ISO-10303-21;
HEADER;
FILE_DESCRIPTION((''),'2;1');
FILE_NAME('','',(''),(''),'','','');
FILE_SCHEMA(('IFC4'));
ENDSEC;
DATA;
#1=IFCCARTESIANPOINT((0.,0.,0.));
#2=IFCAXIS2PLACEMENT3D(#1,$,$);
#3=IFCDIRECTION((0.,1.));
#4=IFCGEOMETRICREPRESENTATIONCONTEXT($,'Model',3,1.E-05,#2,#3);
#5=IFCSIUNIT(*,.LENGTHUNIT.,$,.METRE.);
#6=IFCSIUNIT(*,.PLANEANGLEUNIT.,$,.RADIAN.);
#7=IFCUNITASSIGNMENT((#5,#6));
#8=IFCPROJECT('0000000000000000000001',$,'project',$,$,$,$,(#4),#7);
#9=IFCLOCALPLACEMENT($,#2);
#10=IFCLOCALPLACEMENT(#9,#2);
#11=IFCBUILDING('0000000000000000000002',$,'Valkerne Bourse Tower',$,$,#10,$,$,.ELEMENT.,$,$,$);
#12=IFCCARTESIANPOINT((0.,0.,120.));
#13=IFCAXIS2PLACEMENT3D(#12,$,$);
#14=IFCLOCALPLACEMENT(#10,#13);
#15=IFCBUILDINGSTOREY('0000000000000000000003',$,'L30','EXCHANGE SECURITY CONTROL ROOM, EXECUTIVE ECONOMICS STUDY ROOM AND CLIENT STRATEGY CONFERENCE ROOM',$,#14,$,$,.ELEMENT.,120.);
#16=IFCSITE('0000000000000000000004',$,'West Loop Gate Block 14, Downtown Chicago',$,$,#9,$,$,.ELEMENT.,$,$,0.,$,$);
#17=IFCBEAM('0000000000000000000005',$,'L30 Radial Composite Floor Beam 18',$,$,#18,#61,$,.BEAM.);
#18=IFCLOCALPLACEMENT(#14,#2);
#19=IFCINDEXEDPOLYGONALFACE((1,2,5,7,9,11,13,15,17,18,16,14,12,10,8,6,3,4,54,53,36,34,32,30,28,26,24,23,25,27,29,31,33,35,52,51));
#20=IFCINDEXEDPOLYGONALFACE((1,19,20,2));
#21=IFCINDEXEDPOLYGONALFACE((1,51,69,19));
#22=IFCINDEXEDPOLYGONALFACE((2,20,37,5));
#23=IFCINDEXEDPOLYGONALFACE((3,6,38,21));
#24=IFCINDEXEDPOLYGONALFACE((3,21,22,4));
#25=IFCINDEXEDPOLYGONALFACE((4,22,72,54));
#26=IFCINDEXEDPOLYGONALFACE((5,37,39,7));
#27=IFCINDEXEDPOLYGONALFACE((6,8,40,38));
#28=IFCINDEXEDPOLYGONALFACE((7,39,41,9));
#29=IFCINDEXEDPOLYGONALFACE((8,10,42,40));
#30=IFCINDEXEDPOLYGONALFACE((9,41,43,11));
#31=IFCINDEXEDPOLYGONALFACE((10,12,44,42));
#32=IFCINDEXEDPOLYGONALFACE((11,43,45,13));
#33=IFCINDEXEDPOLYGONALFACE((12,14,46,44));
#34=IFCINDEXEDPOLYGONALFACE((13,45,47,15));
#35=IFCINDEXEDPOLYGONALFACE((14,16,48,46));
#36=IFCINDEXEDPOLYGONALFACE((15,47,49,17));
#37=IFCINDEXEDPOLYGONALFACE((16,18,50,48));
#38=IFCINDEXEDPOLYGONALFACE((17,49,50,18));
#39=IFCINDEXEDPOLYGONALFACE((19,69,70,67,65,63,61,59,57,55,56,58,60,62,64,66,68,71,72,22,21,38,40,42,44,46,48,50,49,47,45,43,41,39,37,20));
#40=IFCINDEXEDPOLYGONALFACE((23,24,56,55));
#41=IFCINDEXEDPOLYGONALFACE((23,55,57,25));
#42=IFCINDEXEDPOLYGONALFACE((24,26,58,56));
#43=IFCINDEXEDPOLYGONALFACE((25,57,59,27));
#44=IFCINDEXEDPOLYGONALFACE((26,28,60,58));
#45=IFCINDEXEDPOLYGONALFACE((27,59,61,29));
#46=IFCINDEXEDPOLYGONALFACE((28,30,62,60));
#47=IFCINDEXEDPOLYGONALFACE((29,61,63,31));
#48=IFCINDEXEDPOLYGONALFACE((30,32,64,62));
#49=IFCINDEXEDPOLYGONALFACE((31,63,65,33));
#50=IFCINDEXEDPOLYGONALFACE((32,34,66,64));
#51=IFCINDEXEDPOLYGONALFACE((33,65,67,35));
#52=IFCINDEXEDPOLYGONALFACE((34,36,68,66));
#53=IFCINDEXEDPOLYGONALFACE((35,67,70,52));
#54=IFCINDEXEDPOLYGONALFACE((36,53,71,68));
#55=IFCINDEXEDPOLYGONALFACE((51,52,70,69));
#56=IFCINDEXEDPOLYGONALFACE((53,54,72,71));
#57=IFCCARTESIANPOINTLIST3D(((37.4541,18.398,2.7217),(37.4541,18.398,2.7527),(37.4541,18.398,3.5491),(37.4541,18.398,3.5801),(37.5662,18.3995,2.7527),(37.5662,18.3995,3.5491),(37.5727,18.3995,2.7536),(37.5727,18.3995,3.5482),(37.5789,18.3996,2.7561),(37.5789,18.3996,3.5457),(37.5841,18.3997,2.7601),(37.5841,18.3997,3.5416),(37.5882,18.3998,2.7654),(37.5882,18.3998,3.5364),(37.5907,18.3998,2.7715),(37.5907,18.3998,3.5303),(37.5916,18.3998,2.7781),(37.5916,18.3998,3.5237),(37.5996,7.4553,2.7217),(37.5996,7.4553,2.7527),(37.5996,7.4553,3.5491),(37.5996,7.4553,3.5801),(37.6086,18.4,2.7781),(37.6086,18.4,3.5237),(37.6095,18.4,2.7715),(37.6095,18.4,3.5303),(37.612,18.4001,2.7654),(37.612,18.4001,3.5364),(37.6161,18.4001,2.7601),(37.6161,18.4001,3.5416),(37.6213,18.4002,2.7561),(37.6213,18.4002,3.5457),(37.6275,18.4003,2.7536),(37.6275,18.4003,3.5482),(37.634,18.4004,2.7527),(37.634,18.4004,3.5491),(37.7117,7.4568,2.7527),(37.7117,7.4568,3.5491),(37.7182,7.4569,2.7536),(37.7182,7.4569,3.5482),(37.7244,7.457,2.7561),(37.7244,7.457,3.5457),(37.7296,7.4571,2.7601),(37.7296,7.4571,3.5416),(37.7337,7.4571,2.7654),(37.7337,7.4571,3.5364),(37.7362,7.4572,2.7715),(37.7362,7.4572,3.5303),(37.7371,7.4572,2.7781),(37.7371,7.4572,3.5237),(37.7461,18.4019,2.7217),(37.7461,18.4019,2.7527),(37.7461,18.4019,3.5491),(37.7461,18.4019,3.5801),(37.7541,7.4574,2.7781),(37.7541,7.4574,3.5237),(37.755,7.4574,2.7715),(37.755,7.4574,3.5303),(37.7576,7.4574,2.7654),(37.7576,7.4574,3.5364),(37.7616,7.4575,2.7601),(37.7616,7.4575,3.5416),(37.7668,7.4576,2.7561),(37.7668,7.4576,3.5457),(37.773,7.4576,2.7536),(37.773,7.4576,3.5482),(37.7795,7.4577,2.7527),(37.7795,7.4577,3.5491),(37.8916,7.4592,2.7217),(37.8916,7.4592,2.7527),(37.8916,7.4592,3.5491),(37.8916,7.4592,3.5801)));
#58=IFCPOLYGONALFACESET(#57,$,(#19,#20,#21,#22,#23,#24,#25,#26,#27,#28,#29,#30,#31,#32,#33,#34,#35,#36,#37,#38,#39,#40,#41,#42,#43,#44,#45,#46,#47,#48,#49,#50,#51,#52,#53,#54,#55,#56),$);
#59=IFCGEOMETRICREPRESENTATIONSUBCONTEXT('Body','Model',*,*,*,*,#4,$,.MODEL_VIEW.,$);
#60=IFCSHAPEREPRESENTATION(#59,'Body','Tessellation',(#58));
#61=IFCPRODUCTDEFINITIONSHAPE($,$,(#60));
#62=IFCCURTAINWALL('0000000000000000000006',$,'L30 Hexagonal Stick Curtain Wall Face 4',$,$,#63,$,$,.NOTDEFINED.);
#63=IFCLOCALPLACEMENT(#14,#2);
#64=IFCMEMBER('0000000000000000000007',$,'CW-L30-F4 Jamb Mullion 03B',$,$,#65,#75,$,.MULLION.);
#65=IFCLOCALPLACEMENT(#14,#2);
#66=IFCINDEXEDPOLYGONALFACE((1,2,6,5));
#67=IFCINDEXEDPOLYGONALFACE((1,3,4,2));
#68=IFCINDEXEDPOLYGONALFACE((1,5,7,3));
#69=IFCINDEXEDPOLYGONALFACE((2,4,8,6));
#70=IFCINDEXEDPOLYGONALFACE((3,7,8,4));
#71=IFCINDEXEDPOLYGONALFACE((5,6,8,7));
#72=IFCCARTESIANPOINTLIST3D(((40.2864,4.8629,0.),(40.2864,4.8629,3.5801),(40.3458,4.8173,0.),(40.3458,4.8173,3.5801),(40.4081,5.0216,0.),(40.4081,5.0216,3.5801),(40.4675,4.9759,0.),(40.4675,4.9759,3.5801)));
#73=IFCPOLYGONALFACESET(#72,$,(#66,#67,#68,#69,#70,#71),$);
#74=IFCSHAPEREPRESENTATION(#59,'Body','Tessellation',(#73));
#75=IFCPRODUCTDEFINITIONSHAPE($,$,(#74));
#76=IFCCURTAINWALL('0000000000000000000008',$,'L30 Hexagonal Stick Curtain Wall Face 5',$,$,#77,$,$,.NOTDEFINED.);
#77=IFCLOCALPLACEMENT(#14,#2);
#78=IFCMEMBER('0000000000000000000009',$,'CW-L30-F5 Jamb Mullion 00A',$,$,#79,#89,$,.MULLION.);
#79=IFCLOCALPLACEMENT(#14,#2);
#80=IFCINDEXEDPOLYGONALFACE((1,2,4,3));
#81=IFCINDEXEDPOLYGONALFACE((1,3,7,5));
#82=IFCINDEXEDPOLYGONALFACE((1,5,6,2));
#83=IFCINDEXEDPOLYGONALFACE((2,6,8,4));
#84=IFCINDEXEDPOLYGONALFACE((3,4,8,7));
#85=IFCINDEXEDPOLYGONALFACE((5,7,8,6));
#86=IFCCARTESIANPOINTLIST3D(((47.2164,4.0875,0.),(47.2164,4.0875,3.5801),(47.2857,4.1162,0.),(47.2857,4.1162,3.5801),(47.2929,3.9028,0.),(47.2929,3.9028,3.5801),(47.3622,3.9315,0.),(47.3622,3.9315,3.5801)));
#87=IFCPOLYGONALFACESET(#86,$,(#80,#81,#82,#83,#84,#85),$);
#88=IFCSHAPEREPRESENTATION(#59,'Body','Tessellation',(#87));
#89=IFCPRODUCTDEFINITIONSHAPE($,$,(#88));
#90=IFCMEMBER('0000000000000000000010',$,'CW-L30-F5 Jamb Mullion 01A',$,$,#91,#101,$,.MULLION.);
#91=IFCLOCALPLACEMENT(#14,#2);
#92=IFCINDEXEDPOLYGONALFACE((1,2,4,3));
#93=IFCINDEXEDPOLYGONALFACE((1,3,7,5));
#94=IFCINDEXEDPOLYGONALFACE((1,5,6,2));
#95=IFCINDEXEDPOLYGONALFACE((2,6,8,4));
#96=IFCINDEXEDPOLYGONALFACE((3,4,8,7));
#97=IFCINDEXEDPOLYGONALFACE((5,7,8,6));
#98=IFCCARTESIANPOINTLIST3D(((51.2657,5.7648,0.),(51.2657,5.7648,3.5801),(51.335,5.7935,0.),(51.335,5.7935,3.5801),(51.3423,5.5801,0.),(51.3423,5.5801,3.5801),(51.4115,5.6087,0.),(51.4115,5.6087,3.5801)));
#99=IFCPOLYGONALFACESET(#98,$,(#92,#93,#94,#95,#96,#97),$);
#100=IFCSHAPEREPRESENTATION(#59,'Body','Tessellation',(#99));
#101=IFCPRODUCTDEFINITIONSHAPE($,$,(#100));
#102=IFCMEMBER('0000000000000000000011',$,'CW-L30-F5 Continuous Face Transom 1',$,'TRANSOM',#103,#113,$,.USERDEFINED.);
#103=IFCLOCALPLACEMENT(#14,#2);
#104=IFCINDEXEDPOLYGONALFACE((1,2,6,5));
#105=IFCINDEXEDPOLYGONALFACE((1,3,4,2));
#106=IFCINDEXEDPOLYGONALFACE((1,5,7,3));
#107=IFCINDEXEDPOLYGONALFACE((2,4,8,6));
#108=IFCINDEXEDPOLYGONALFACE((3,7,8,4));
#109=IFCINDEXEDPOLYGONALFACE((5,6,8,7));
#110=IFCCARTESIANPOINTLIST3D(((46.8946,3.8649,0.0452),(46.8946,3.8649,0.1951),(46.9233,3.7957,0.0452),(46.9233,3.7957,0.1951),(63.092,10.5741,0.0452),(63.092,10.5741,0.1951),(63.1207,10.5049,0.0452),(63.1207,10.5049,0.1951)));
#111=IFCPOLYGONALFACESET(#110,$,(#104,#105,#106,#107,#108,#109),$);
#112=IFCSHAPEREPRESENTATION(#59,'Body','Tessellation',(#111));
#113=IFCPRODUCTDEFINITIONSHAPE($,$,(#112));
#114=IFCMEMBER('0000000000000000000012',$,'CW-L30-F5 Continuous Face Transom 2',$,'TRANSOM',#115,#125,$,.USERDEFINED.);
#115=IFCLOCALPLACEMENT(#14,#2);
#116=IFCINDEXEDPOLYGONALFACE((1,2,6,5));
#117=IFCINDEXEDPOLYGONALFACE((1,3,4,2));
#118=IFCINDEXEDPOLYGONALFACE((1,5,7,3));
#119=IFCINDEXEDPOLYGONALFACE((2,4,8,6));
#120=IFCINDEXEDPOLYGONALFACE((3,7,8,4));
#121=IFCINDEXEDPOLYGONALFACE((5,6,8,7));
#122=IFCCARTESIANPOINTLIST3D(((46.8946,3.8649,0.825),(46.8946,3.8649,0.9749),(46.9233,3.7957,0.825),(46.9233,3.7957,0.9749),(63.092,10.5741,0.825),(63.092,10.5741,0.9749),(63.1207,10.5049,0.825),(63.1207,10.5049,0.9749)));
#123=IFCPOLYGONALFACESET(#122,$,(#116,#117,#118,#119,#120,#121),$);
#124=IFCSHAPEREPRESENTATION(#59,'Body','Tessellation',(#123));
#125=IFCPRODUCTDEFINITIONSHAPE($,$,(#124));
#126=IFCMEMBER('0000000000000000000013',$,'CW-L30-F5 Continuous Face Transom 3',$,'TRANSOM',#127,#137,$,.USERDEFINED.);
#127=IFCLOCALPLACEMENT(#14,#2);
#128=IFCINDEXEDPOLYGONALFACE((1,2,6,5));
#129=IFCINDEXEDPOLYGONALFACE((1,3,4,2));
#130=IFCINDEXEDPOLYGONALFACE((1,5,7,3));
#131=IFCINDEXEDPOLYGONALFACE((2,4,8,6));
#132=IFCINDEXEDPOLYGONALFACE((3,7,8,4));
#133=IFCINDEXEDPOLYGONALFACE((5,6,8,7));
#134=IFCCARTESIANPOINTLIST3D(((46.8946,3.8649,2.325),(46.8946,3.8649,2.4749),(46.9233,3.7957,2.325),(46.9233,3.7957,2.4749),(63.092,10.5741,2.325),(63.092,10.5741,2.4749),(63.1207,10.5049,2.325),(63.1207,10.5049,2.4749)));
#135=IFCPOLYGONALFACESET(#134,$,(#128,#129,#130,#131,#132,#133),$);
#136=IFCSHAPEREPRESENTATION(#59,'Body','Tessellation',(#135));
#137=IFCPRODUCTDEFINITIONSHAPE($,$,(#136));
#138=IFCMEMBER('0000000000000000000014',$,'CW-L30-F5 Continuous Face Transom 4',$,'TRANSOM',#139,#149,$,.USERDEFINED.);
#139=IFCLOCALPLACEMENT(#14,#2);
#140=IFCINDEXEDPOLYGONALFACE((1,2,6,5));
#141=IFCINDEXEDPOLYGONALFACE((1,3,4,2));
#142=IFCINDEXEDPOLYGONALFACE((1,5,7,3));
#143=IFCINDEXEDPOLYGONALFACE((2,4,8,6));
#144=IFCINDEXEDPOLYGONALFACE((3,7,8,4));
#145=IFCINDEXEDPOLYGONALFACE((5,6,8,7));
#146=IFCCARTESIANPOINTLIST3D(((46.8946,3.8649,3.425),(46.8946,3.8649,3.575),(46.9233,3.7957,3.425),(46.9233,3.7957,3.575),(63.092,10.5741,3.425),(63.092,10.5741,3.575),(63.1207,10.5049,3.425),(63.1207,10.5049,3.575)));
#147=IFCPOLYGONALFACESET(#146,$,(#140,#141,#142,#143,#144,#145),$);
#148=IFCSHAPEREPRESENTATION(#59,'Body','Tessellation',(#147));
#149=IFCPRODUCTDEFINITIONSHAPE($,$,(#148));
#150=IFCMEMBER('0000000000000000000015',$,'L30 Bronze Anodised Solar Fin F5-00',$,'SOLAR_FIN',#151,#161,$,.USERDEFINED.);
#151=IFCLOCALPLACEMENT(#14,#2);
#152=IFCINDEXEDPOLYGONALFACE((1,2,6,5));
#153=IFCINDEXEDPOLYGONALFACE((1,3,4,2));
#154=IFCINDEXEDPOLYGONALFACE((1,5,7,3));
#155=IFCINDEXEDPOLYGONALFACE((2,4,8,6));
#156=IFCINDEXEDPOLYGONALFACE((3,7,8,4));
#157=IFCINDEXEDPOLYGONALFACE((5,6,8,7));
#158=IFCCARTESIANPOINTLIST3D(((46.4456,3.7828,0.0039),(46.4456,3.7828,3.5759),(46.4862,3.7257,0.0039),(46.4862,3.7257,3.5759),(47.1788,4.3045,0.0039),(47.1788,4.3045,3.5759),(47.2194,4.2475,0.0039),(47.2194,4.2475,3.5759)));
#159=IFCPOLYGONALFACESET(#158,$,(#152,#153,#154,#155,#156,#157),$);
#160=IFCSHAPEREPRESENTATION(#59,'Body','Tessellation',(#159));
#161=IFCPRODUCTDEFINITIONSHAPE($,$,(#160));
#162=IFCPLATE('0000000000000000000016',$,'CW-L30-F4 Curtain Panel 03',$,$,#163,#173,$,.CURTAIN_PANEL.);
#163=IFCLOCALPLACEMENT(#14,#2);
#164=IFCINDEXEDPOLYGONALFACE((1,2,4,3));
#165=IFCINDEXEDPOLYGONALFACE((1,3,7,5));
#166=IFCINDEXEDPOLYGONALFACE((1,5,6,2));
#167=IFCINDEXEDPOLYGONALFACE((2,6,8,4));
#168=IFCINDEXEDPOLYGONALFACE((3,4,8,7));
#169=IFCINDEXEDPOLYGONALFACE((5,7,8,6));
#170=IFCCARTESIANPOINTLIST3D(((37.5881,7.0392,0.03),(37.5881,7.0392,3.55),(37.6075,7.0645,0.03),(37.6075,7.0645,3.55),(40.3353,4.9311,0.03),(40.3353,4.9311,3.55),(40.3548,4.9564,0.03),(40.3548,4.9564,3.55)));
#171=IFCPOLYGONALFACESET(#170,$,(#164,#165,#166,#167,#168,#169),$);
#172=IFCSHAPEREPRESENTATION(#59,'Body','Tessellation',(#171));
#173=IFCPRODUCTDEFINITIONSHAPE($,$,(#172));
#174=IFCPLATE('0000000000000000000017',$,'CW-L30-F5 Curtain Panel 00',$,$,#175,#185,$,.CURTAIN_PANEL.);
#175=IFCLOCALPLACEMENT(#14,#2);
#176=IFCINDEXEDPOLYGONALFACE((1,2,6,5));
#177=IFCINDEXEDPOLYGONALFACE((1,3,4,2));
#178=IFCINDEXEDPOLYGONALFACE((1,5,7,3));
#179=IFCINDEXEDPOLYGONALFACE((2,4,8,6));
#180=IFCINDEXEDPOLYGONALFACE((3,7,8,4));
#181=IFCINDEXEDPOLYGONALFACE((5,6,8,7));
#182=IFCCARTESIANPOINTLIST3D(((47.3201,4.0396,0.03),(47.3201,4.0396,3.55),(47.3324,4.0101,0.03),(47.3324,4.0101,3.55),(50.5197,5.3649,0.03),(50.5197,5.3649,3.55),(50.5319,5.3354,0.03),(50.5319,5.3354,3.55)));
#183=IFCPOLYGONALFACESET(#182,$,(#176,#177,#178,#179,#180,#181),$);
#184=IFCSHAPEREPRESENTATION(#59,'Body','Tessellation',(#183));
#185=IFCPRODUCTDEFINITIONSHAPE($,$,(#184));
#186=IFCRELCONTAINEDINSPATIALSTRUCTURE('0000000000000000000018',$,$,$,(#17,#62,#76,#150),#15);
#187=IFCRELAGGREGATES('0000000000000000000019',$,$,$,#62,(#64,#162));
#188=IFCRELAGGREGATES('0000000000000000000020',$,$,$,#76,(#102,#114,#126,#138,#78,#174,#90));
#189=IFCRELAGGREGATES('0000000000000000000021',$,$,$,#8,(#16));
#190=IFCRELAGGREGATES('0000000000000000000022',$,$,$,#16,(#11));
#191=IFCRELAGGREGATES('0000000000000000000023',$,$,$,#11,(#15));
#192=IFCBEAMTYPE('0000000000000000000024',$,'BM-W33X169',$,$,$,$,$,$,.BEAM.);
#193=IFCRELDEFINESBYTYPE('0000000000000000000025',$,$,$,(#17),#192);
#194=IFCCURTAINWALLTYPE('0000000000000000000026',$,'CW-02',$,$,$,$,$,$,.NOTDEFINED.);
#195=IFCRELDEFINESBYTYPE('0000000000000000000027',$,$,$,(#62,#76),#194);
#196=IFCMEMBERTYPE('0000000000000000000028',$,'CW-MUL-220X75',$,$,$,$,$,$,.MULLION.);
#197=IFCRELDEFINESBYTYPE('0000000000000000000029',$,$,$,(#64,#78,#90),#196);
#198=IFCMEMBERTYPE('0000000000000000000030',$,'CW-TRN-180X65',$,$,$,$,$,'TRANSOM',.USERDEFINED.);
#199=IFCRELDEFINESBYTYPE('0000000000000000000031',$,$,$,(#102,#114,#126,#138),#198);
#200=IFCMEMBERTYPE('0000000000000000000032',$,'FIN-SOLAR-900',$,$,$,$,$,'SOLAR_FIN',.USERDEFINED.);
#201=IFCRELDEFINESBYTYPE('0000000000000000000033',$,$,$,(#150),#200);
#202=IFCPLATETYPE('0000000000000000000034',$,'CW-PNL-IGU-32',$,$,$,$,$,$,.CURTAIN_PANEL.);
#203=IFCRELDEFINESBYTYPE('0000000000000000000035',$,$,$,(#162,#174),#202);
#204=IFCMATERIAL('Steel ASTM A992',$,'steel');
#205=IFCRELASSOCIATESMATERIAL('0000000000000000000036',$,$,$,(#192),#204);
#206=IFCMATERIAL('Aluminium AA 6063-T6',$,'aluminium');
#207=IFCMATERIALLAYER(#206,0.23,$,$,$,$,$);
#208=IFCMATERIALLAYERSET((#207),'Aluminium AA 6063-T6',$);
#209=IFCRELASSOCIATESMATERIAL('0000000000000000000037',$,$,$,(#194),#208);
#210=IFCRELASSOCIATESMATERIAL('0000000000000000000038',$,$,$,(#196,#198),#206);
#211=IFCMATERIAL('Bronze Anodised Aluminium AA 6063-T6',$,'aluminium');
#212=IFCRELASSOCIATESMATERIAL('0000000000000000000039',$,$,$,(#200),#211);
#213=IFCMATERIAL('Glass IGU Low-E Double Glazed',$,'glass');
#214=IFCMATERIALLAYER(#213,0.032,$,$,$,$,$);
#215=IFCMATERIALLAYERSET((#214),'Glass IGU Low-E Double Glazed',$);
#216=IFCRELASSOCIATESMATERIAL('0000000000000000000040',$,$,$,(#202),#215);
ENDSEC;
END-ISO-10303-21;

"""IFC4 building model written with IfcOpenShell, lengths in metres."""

from ifc_helpers import new_model, si_unit, direction, frame, origin, origin_2d, place, context, subcontext, project, spatial, rectangle, i_section, extrude, material, layer, layer_set, material_profile, profile_set, type_object, element, aggregate, save


model = new_model("IFC4")

# Units and contexts
model_context = context("Model", 3, precision=1e-05, world=origin(), true_north=direction((0.0, 1.0)))
body_context = subcontext(model_context, "Body", "Model", "MODEL_VIEW")
ifc_project = project(units=[si_unit("LENGTHUNIT", "METRE"), si_unit("PLANEANGLEUNIT", "RADIAN")], contexts=[model_context])

# Site, building, storey
site_placement = place(None, origin())
site = spatial("IfcSite", under=ifc_project, at=site_placement, Name="West Loop Gate Block 14, Downtown Chicago", CompositionType="ELEMENT", RefElevation=0.0)
building_placement = place(site_placement, origin())
building = spatial("IfcBuilding", under=site, at=building_placement, Name="Valkerne Bourse Tower", CompositionType="ELEMENT")
storey_placement = place(building_placement, frame((0.0, 0.0, 120.0)))
storey = spatial("IfcBuildingStorey", under=building, at=storey_placement, Name="L30", Description="EXCHANGE SECURITY CONTROL ROOM, EXECUTIVE ECONOMICS STUDY ROOM AND CLIENT STRATEGY CONFERENCE ROOM", CompositionType="ELEMENT", Elevation=120.0)

# Beam
ifc_material_1 = material(Name="Steel ASTM A992", Category="steel")
ifc_material_profile_1 = material_profile(ifc_material_1, i_section(OverallWidth=0.292, OverallDepth=0.8584, WebThickness=0.0171, FlangeThickness=0.031, FilletRadius=0.0254, at=origin_2d()), Name="W33X169")
ifc_profile_set_1 = profile_set([ifc_material_profile_1], Name="Steel ASTM A992")
beam_type_1 = type_object("IfcBeamType", Name="BM-W33X169", PredefinedType="BEAM", material=ifc_profile_set_1)
beam_1_placement = place(storey_placement, frame((37.7456, 7.4573, 3.1509), z_axis=(-0.013296, 0.999912, 0.0), x_axis=(-0.999912, -0.013296, 0.0)))
element("IfcBeam", 1, at=beam_1_placement, inside=storey, type_object=beam_type_1, Name="L30 Radial Composite Floor Beam 18", PredefinedType="BEAM", context=body_context, shape_type="SweptSolid", body=[
    extrude(i_section(OverallWidth=0.292, OverallDepth=0.8584, WebThickness=0.0171, FlangeThickness=0.031, FilletRadius=0.0254, at=origin_2d()), origin(), (0.0, 0.0, 1.0), 10.9436),
])

# Curtain wall, member
ifc_material_2 = material(Name="Aluminium AA 6063-T6", Category="aluminium")
ifc_layer_1 = layer(ifc_material_2, 0.23)
ifc_layer_set_1 = layer_set([ifc_layer_1], Name="Aluminium AA 6063-T6")
curtain_wall_type = type_object("IfcCurtainWallType", Name="CW-02", PredefinedType="NOTDEFINED", material=ifc_layer_set_1)
curtain_wall_1_placement = place(storey_placement, origin())
curtain_wall_1 = element("IfcCurtainWall", 2, at=curtain_wall_1_placement, inside=storey, type_object=curtain_wall_type, Name="L30 Hexagonal Stick Curtain Wall Face 4", PredefinedType="NOTDEFINED")
ifc_material_profile_2 = material_profile(ifc_material_2, rectangle(XDim=0.075, YDim=0.2, at=origin_2d()), Name="CWM-75X200")
ifc_profile_set_2 = profile_set([ifc_material_profile_2], Name="Aluminium AA 6063-T6")
member_type_1 = type_object("IfcMemberType", Name="CW-MUL-220X75", PredefinedType="MULLION", material=ifc_profile_set_2)
member_1_placement = place(storey_placement, frame((40.377, 4.9194, 0.0), z_axis=(0.0, 0.0, 1.0), x_axis=(0.793348, -0.608769, 0.0)))
member_1 = element("IfcMember", 3, at=member_1_placement, type_object=member_type_1, Name="CW-L30-F4 Jamb Mullion 03B", PredefinedType="MULLION", context=body_context, shape_type="SweptSolid", body=[
    extrude(rectangle(XDim=0.075, YDim=0.2, at=origin_2d()), origin(), (0.0, 0.0, 1.0), 3.5801),
])

# Curtain wall, members
curtain_wall_2_placement = place(storey_placement, origin())
curtain_wall_2 = element("IfcCurtainWall", 4, at=curtain_wall_2_placement, inside=storey, type_object=curtain_wall_type, Name="L30 Hexagonal Stick Curtain Wall Face 5", PredefinedType="NOTDEFINED")
member_2_placement = place(storey_placement, frame((47.2893, 4.0095, 0.0), z_axis=(0.0, 0.0, 1.0), x_axis=(0.923881, 0.38268, 0.0)))
member_2 = element("IfcMember", 5, at=member_2_placement, type_object=member_type_1, Name="CW-L30-F5 Jamb Mullion 00A", PredefinedType="MULLION", context=body_context, shape_type="SweptSolid", body=[
    extrude(rectangle(XDim=0.075, YDim=0.2, at=origin_2d()), origin(), (0.0, 0.0, 1.0), 3.5801),
])
member_3_placement = place(storey_placement, frame((51.3386, 5.6868, 0.0), z_axis=(0.0, 0.0, 1.0), x_axis=(0.923878, 0.382688, 0.0)))
member_3 = element("IfcMember", 6, at=member_3_placement, type_object=member_type_1, Name="CW-L30-F5 Jamb Mullion 01A", PredefinedType="MULLION", context=body_context, shape_type="SweptSolid", body=[
    extrude(rectangle(XDim=0.075, YDim=0.2, at=origin_2d()), origin(), (0.0, 0.0, 1.0), 3.5801),
])
ifc_material_profile_3 = material_profile(ifc_material_2, rectangle(XDim=0.075, YDim=0.1499, at=origin_2d()), Name="CWT-75X150")
ifc_profile_set_3 = profile_set([ifc_material_profile_3], Name="Aluminium AA 6063-T6")
member_type_2 = type_object("IfcMemberType", Name="CW-TRN-180X65", ElementType="TRANSOM", PredefinedType="USERDEFINED", material=ifc_profile_set_3)
member_4_placement = place(storey_placement, frame((46.9089, 3.8303, 0.1201), z_axis=(0.92388, 0.382683, 0.0), x_axis=(-0.382683, 0.92388, 0.0)))
member_4 = element("IfcMember", 7, at=member_4_placement, type_object=member_type_2, Name="CW-L30-F5 Continuous Face Transom 1", ObjectType="TRANSOM", PredefinedType="USERDEFINED", context=body_context, shape_type="SweptSolid", body=[
    extrude(rectangle(XDim=0.075, YDim=0.1499, at=origin_2d()), origin(), (0.0, 0.0, 1.0), 17.532),
])
member_5_placement = place(storey_placement, frame((46.9089, 3.8303, 0.8999), z_axis=(0.92388, 0.382683, 0.0), x_axis=(-0.382683, 0.92388, 0.0)))
member_5 = element("IfcMember", 8, at=member_5_placement, type_object=member_type_2, Name="CW-L30-F5 Continuous Face Transom 2", ObjectType="TRANSOM", PredefinedType="USERDEFINED", context=body_context, shape_type="SweptSolid", body=[
    extrude(rectangle(XDim=0.075, YDim=0.1499, at=origin_2d()), origin(), (0.0, 0.0, 1.0), 17.532),
])
member_6_placement = place(storey_placement, frame((46.9089, 3.8303, 2.3999), z_axis=(0.92388, 0.382683, 0.0), x_axis=(-0.382683, 0.92388, 0.0)))
member_6 = element("IfcMember", 9, at=member_6_placement, type_object=member_type_2, Name="CW-L30-F5 Continuous Face Transom 3", ObjectType="TRANSOM", PredefinedType="USERDEFINED", context=body_context, shape_type="SweptSolid", body=[
    extrude(rectangle(XDim=0.075, YDim=0.1499, at=origin_2d()), origin(), (0.0, 0.0, 1.0), 17.532),
])
member_7_placement = place(storey_placement, frame((46.9089, 3.8303, 3.5), z_axis=(0.92388, 0.382683, 0.0), x_axis=(-0.382683, 0.92388, 0.0)))
member_7 = element("IfcMember", 10, at=member_7_placement, type_object=member_type_2, Name="CW-L30-F5 Continuous Face Transom 4", ObjectType="TRANSOM", PredefinedType="USERDEFINED", context=body_context, shape_type="SweptSolid", body=[
    extrude(rectangle(XDim=0.075, YDim=0.1499, at=origin_2d()), origin(), (0.0, 0.0, 1.0), 17.532),
])

# Member
ifc_material_3 = material(Name="Bronze Anodised Aluminium AA 6063-T6", Category="aluminium")
ifc_material_profile_4 = material_profile(ifc_material_3, rectangle(XDim=0.0701, YDim=0.8999, at=origin_2d()), Name="FIN-70X900")
ifc_profile_set_4 = profile_set([ifc_material_profile_4], Name="Bronze Anodised Aluminium AA 6063-T6")
member_type_3 = type_object("IfcMemberType", Name="FIN-SOLAR-900", ElementType="SOLAR_FIN", PredefinedType="USERDEFINED", material=ifc_profile_set_4)
member_8_placement = place(storey_placement, frame((46.8325, 4.0151, 0.0039), z_axis=(0.0, 0.0, 1.0), x_axis=(0.579766, -0.814783, 0.0)))
element("IfcMember", 11, at=member_8_placement, inside=storey, type_object=member_type_3, Name="L30 Bronze Anodised Solar Fin F5-00", ObjectType="SOLAR_FIN", PredefinedType="USERDEFINED", context=body_context, shape_type="SweptSolid", body=[
    extrude(rectangle(XDim=0.0701, YDim=0.8999, at=origin_2d()), origin(), (0.0, 0.0, 1.0), 3.572),
])

# Plates
ifc_material_4 = material(Name="Glass IGU Low-E Double Glazed", Category="glass")
ifc_layer_2 = layer(ifc_material_4, 0.032)
ifc_layer_set_2 = layer_set([ifc_layer_2], Name="Glass IGU Low-E Double Glazed")
plate_type = type_object("IfcPlateType", Name="CW-PNL-IGU-32", PredefinedType="CURTAIN_PANEL", material=ifc_layer_set_2)
plate_1_placement = place(storey_placement, frame((38.9714, 5.9978, 0.03), z_axis=(0.0, 0.0, 1.0), x_axis=(0.793348, -0.608769, 0.0)))
plate_1 = element("IfcPlate", 12, at=plate_1_placement, type_object=plate_type, Name="CW-L30-F4 Curtain Panel 03", PredefinedType="CURTAIN_PANEL", context=body_context, shape_type="SweptSolid", body=[
    extrude(rectangle(XDim=3.4629, YDim=0.032, at=origin_2d()), origin(), (0.0, 0.0, 1.0), 3.52),
])
aggregate(curtain_wall_1, [member_1, plate_1])
plate_2_placement = place(storey_placement, frame((48.926, 4.6875, 0.03), z_axis=(0.0, 0.0, 1.0), x_axis=(0.923881, 0.38268, 0.0)))
plate_2 = element("IfcPlate", 13, at=plate_2_placement, type_object=plate_type, Name="CW-L30-F5 Curtain Panel 00", PredefinedType="CURTAIN_PANEL", context=body_context, shape_type="SweptSolid", body=[
    extrude(rectangle(XDim=3.4631, YDim=0.032, at=origin_2d()), origin(), (0.0, 0.0, 1.0), 3.52),
])
aggregate(curtain_wall_2, [member_4, member_5, member_6, member_7, member_2, plate_2, member_3])

save(model, "model.ifc")
